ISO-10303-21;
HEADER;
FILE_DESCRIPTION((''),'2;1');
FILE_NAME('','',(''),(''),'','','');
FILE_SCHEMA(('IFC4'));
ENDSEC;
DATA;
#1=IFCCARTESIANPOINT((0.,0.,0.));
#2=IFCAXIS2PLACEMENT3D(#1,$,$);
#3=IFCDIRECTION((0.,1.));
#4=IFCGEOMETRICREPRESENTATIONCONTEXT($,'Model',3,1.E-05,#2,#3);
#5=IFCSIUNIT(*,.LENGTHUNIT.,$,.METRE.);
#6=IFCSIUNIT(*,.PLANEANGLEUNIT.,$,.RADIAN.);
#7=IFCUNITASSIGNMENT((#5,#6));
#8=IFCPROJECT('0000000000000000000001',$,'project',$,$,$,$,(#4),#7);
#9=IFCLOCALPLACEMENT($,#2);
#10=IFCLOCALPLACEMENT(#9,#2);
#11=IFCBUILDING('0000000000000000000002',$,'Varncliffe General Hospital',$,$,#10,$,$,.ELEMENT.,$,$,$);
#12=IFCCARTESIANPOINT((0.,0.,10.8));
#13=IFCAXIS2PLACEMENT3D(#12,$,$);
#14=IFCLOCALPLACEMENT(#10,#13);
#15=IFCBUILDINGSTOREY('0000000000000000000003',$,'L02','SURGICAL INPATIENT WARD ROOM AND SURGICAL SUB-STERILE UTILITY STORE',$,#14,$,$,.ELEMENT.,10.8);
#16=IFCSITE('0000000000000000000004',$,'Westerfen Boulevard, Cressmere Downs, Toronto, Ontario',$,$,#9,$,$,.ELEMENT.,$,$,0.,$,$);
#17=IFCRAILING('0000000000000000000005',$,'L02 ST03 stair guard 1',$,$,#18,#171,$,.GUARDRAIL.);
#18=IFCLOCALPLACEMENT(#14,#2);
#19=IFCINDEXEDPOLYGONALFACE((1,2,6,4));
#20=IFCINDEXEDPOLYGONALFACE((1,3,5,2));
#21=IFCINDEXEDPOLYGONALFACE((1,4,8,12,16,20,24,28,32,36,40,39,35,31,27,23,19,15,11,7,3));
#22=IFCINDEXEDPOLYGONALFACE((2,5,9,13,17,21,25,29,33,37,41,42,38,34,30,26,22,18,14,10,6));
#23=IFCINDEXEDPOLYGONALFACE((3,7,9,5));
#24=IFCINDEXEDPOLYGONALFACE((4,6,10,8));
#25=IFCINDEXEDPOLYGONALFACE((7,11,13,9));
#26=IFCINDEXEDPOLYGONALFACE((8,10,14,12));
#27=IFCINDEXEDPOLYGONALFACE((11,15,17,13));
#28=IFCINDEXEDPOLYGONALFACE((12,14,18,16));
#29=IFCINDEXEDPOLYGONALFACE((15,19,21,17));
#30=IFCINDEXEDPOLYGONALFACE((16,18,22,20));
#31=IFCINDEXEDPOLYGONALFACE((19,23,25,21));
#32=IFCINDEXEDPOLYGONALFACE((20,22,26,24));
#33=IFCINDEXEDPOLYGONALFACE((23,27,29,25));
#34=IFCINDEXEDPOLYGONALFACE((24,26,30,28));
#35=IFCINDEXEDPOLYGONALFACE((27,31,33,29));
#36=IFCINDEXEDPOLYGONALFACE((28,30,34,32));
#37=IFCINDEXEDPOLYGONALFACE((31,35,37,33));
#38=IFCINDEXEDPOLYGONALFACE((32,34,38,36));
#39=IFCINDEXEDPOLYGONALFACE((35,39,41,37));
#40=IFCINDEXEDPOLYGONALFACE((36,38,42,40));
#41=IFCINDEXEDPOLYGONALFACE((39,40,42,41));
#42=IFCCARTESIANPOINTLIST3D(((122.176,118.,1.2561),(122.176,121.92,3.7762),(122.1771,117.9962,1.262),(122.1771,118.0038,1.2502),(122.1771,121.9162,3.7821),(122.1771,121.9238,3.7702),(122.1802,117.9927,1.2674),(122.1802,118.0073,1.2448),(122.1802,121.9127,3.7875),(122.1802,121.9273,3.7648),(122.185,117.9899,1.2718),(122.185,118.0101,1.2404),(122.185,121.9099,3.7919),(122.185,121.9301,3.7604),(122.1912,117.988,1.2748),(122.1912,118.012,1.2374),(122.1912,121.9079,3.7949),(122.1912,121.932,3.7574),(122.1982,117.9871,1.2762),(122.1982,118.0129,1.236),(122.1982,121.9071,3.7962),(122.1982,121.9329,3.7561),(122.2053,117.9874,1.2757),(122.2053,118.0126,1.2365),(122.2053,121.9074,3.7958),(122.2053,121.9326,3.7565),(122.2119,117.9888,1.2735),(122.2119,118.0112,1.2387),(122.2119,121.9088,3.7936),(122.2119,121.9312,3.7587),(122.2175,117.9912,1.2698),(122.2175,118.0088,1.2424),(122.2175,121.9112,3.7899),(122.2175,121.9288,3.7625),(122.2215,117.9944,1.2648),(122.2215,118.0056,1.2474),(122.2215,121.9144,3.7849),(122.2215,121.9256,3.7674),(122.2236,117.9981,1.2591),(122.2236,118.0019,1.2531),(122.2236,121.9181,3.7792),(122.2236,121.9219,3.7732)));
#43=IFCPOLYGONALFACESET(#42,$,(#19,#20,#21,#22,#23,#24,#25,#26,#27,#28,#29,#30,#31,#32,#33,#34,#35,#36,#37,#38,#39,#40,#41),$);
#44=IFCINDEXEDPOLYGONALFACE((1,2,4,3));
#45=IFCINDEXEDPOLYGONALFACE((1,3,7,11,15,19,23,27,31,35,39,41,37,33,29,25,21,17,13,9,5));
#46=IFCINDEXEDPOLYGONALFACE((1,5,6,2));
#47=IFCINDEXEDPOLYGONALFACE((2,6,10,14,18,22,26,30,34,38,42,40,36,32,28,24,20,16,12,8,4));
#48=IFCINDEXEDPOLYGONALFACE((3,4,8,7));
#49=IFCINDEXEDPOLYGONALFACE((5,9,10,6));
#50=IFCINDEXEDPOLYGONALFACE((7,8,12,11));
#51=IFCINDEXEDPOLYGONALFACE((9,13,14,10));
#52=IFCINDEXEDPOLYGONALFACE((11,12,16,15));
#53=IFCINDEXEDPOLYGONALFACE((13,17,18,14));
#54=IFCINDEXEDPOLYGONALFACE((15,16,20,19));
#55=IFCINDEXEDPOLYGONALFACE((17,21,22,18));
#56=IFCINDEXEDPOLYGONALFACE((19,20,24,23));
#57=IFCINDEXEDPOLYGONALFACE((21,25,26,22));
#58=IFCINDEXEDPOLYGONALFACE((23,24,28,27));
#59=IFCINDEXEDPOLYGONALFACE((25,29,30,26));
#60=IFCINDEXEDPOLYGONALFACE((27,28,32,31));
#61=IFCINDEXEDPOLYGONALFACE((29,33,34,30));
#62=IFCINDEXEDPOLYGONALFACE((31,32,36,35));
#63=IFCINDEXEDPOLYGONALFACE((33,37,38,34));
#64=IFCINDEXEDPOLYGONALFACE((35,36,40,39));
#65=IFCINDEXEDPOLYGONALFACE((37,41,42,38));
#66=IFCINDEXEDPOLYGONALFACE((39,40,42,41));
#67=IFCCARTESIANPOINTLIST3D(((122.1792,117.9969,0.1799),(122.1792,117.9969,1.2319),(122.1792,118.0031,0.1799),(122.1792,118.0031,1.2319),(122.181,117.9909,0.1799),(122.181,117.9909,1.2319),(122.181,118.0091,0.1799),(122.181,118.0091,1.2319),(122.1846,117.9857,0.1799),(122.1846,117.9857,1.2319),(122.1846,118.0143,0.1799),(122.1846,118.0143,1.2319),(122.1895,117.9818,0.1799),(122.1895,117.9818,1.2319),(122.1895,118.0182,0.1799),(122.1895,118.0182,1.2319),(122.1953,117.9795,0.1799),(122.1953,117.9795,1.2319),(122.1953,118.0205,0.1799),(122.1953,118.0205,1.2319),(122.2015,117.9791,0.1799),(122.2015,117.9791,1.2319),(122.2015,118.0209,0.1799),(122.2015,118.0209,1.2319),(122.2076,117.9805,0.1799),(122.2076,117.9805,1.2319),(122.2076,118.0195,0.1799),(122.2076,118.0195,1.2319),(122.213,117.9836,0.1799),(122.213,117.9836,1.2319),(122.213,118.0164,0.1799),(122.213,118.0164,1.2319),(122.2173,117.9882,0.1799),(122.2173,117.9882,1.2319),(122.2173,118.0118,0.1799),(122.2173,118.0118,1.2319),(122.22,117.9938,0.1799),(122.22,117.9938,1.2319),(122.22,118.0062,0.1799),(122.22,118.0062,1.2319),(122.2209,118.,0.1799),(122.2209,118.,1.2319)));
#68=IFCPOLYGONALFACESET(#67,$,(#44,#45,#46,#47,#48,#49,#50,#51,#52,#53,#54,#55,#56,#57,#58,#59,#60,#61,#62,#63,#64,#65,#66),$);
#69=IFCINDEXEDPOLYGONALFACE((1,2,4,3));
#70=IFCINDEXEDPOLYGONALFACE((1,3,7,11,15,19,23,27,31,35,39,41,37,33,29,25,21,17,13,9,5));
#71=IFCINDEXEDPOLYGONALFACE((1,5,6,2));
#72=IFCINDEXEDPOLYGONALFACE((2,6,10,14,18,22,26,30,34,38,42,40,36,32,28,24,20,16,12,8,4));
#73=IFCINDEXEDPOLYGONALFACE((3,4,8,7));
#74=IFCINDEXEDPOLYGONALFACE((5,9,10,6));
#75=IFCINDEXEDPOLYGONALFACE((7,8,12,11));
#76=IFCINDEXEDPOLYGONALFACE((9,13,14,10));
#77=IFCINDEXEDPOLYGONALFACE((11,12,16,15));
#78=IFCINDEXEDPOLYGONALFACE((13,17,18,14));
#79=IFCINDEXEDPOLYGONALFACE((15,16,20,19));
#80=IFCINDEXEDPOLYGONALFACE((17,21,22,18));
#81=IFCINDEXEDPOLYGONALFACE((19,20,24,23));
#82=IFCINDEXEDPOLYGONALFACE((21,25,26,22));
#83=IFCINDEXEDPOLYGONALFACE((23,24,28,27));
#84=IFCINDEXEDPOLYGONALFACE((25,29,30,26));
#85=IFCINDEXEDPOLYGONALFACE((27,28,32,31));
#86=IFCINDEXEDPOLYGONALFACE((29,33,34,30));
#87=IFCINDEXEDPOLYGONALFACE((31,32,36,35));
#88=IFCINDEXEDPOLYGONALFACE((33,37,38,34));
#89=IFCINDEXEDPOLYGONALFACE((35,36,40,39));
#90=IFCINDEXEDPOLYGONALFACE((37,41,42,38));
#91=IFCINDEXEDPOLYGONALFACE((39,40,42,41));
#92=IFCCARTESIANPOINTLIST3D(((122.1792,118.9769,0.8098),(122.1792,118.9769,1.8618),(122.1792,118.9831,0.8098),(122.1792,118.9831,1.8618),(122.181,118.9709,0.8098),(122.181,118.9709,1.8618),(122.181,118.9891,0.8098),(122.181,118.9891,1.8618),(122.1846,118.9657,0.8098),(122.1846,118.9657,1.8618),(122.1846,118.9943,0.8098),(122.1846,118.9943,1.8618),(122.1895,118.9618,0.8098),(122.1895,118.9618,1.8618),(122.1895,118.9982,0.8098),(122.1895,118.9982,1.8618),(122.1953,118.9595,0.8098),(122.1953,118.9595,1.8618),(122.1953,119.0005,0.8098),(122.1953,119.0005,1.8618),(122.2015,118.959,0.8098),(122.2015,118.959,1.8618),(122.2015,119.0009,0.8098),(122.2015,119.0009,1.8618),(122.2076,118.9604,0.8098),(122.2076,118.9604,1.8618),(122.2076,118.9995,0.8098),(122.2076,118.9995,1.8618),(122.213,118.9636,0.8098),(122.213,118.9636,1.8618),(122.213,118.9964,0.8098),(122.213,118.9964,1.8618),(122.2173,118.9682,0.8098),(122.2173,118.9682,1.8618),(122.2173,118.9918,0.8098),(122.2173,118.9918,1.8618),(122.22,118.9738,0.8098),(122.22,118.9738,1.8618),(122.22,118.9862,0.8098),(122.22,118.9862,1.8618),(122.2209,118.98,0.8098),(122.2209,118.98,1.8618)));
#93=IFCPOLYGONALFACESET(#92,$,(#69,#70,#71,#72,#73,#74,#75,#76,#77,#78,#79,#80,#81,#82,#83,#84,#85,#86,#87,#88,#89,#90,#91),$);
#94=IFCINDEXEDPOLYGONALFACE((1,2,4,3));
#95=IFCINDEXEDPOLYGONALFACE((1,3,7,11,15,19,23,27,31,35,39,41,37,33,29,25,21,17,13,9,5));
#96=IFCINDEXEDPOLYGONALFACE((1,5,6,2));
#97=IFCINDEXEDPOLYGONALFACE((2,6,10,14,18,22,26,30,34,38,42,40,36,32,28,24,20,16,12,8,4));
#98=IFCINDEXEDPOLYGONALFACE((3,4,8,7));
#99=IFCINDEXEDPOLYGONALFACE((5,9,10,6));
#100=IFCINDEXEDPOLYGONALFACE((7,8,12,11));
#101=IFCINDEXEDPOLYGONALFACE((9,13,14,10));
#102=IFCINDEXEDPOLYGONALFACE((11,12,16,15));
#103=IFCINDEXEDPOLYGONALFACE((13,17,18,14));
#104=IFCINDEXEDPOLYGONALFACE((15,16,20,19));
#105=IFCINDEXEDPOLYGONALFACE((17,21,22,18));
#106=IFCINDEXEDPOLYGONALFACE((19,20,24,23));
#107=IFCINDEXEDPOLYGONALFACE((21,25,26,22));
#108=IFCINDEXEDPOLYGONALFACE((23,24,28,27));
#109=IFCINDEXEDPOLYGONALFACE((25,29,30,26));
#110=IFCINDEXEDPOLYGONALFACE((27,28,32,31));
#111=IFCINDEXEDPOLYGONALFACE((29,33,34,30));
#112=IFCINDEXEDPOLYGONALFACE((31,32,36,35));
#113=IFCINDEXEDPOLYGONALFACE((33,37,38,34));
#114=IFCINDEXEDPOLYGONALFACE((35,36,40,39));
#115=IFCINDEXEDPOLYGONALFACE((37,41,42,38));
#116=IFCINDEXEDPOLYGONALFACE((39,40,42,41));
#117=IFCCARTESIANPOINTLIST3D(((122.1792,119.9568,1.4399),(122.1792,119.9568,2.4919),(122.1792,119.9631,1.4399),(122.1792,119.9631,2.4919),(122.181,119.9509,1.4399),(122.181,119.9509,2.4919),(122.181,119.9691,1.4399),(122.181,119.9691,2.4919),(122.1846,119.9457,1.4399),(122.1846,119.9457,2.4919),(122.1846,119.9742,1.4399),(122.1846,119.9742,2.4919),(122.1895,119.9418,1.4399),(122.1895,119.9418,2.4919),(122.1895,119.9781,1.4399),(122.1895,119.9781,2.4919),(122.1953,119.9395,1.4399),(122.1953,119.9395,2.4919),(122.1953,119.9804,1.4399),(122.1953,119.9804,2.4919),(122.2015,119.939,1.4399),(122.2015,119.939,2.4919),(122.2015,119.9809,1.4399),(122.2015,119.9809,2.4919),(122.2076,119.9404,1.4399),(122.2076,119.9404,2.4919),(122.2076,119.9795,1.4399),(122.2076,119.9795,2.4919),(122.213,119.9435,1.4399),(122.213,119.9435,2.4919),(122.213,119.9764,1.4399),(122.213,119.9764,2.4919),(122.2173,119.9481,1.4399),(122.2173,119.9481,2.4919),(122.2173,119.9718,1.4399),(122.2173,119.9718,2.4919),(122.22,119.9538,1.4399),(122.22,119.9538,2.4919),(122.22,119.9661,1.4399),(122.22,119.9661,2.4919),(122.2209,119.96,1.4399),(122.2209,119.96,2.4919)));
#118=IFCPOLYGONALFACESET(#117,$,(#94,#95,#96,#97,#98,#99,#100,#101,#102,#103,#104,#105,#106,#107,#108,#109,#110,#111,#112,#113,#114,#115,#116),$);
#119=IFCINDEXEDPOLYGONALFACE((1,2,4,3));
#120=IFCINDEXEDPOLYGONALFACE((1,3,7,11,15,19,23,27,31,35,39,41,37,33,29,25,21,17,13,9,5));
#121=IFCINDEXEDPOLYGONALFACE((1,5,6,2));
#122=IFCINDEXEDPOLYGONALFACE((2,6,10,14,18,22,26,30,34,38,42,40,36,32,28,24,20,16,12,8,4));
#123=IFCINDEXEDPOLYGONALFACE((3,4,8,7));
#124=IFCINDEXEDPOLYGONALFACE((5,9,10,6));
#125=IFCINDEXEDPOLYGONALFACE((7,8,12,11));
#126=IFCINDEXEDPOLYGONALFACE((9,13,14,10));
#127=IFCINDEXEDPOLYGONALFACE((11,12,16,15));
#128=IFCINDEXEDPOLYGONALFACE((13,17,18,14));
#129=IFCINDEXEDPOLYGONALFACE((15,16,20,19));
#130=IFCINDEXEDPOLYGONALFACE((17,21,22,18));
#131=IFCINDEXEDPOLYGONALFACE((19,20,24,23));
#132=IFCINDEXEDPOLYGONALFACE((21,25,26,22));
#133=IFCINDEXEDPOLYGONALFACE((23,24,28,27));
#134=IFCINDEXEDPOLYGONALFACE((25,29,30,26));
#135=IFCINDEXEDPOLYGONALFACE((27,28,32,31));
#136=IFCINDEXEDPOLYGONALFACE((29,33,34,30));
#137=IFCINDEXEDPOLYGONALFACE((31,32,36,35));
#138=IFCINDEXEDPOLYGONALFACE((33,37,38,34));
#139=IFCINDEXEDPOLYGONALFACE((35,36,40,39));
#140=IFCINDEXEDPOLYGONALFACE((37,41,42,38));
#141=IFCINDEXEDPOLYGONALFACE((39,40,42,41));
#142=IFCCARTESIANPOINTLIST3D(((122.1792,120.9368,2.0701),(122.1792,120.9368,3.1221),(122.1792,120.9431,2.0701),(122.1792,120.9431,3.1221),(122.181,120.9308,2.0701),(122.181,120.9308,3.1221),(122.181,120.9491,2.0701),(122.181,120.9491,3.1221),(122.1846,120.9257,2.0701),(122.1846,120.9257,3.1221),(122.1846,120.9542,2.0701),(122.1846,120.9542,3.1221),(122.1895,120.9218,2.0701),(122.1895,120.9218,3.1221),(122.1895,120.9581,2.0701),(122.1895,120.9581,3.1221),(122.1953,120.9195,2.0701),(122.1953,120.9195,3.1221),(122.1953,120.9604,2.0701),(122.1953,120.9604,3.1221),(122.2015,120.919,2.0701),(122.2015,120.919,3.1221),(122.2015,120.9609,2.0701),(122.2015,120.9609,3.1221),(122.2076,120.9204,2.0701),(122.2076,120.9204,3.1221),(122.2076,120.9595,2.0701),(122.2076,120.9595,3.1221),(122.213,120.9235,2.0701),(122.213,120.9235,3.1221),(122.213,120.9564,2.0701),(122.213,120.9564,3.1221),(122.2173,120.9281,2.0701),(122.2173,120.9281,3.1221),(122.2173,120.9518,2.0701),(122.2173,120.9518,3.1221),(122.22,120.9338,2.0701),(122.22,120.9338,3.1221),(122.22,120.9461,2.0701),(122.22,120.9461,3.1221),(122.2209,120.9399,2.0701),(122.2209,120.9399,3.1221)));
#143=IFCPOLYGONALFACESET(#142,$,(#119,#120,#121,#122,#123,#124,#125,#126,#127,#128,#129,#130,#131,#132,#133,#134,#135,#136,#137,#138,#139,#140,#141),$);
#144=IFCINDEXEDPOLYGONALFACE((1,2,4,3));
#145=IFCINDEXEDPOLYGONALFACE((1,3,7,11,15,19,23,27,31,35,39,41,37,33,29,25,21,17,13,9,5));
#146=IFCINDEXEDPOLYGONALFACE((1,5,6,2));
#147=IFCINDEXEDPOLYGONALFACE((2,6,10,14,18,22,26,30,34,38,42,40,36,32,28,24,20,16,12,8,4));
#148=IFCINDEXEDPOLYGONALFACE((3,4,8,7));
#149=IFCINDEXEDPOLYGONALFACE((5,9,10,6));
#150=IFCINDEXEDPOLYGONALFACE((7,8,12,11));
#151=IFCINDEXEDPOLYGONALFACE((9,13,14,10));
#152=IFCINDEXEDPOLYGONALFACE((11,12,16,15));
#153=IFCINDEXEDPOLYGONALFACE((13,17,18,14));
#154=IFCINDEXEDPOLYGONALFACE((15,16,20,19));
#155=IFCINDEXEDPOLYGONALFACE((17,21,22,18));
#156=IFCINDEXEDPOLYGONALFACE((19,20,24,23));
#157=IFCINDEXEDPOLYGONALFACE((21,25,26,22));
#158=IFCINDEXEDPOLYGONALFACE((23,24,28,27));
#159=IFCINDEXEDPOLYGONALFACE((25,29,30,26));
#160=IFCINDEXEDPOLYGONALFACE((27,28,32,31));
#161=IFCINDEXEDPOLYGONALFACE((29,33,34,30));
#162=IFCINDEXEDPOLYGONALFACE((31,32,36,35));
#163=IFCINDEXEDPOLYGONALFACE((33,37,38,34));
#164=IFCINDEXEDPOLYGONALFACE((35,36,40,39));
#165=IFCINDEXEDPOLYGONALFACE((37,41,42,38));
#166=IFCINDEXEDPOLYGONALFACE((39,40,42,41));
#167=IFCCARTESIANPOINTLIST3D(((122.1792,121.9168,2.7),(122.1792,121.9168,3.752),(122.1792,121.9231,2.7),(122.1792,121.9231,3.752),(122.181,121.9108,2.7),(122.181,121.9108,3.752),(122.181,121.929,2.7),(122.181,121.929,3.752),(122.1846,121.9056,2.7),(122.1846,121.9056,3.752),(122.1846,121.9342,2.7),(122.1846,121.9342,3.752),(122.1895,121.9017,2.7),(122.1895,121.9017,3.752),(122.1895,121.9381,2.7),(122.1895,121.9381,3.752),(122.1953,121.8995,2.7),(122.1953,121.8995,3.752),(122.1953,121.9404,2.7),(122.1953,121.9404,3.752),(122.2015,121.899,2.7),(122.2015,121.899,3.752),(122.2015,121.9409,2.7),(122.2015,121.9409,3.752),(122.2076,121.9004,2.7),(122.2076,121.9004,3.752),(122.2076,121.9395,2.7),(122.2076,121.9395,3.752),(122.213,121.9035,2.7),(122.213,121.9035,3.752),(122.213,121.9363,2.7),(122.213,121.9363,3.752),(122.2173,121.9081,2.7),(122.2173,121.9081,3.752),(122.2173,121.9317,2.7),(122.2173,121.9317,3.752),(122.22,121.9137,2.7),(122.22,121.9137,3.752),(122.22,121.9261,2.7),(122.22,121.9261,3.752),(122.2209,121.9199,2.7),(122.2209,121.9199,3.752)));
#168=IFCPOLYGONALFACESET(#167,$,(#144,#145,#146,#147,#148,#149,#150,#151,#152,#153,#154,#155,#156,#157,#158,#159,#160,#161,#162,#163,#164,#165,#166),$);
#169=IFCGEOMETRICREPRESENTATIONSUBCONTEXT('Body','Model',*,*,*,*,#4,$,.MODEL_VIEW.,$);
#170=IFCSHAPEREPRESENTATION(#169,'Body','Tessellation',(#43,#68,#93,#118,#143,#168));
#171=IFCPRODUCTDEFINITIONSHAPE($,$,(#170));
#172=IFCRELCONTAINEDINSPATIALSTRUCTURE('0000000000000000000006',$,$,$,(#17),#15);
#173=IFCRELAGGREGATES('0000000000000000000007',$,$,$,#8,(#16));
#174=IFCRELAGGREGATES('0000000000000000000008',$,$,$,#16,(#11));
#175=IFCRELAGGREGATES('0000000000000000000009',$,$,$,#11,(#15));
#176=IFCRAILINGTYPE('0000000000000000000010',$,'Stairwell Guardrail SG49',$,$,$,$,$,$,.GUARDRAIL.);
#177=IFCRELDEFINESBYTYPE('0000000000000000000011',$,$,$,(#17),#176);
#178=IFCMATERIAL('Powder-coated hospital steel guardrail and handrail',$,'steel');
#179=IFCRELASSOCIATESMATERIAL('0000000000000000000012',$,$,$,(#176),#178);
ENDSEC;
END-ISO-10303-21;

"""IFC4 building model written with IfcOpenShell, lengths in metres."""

from ifc_helpers import new_model, si_unit, direction, frame, origin, origin_2d, place, context, subcontext, project, spatial, circle, extrude, material, type_object, element, save


model = new_model("IFC4")

# Units and contexts
model_context = context("Model", 3, precision=1e-05, world=origin(), true_north=direction((0.0, 1.0)))
body_context = subcontext(model_context, "Body", "Model", "MODEL_VIEW")
ifc_project = project(units=[si_unit("LENGTHUNIT", "METRE"), si_unit("PLANEANGLEUNIT", "RADIAN")], contexts=[model_context])

# Site, building, storey
site_placement = place(None, origin())
site = spatial("IfcSite", under=ifc_project, at=site_placement, Name="Westerfen Boulevard, Cressmere Downs, Toronto, Ontario", CompositionType="ELEMENT", RefElevation=0.0)
building_placement = place(site_placement, origin())
building = spatial("IfcBuilding", under=site, at=building_placement, Name="Varncliffe General Hospital", CompositionType="ELEMENT")
storey_placement = place(building_placement, frame((0.0, 0.0, 10.8)))
storey = spatial("IfcBuildingStorey", under=building, at=storey_placement, Name="L02", Description="SURGICAL INPATIENT WARD ROOM AND SURGICAL SUB-STERILE UTILITY STORE", CompositionType="ELEMENT", Elevation=10.8)

# Railing
ifc_material_1 = material(Name="Powder-coated hospital steel guardrail and handrail", Category="steel")
railing_type_1 = type_object("IfcRailingType", Name="Stairwell Guardrail SG49", PredefinedType="GUARDRAIL", material=ifc_material_1)
railing_1_placement = place(storey_placement, frame((122.2, 118.0, 0.1799)))
element("IfcRailing", 1, at=railing_1_placement, inside=storey, type_object=railing_type_1, Name="L02 ST03 stair guard 1", PredefinedType="GUARDRAIL", context=body_context, shape_type="SweptSolid", body=[
    extrude(circle(Radius=0.0239, at=origin_2d()), frame((0.0, 0.0, 1.0762), z_axis=(0.0, 0.841172, 0.540768), x_axis=(-1.0, 0.0, 0.0)), (0.0, 0.0, 1.0), 4.6602),
    extrude(circle(Radius=0.021, at=origin_2d()), origin(), (0.0, 0.0, 1.0), 1.052),
    extrude(circle(Radius=0.021, at=origin_2d()), frame((0.0, 0.98, 0.6299)), (0.0, 0.0, 1.0), 1.052),
    extrude(circle(Radius=0.021, at=origin_2d()), frame((0.0, 1.96, 1.26)), (0.0, 0.0, 1.0), 1.052),
    extrude(circle(Radius=0.021, at=origin_2d()), frame((0.0, 2.9399, 1.8901)), (0.0, 0.0, 1.0), 1.052),
    extrude(circle(Radius=0.021, at=origin_2d()), frame((0.0, 3.9199, 2.52)), (0.0, 0.0, 1.0), 1.052),
])

save(model, "model.ifc")
